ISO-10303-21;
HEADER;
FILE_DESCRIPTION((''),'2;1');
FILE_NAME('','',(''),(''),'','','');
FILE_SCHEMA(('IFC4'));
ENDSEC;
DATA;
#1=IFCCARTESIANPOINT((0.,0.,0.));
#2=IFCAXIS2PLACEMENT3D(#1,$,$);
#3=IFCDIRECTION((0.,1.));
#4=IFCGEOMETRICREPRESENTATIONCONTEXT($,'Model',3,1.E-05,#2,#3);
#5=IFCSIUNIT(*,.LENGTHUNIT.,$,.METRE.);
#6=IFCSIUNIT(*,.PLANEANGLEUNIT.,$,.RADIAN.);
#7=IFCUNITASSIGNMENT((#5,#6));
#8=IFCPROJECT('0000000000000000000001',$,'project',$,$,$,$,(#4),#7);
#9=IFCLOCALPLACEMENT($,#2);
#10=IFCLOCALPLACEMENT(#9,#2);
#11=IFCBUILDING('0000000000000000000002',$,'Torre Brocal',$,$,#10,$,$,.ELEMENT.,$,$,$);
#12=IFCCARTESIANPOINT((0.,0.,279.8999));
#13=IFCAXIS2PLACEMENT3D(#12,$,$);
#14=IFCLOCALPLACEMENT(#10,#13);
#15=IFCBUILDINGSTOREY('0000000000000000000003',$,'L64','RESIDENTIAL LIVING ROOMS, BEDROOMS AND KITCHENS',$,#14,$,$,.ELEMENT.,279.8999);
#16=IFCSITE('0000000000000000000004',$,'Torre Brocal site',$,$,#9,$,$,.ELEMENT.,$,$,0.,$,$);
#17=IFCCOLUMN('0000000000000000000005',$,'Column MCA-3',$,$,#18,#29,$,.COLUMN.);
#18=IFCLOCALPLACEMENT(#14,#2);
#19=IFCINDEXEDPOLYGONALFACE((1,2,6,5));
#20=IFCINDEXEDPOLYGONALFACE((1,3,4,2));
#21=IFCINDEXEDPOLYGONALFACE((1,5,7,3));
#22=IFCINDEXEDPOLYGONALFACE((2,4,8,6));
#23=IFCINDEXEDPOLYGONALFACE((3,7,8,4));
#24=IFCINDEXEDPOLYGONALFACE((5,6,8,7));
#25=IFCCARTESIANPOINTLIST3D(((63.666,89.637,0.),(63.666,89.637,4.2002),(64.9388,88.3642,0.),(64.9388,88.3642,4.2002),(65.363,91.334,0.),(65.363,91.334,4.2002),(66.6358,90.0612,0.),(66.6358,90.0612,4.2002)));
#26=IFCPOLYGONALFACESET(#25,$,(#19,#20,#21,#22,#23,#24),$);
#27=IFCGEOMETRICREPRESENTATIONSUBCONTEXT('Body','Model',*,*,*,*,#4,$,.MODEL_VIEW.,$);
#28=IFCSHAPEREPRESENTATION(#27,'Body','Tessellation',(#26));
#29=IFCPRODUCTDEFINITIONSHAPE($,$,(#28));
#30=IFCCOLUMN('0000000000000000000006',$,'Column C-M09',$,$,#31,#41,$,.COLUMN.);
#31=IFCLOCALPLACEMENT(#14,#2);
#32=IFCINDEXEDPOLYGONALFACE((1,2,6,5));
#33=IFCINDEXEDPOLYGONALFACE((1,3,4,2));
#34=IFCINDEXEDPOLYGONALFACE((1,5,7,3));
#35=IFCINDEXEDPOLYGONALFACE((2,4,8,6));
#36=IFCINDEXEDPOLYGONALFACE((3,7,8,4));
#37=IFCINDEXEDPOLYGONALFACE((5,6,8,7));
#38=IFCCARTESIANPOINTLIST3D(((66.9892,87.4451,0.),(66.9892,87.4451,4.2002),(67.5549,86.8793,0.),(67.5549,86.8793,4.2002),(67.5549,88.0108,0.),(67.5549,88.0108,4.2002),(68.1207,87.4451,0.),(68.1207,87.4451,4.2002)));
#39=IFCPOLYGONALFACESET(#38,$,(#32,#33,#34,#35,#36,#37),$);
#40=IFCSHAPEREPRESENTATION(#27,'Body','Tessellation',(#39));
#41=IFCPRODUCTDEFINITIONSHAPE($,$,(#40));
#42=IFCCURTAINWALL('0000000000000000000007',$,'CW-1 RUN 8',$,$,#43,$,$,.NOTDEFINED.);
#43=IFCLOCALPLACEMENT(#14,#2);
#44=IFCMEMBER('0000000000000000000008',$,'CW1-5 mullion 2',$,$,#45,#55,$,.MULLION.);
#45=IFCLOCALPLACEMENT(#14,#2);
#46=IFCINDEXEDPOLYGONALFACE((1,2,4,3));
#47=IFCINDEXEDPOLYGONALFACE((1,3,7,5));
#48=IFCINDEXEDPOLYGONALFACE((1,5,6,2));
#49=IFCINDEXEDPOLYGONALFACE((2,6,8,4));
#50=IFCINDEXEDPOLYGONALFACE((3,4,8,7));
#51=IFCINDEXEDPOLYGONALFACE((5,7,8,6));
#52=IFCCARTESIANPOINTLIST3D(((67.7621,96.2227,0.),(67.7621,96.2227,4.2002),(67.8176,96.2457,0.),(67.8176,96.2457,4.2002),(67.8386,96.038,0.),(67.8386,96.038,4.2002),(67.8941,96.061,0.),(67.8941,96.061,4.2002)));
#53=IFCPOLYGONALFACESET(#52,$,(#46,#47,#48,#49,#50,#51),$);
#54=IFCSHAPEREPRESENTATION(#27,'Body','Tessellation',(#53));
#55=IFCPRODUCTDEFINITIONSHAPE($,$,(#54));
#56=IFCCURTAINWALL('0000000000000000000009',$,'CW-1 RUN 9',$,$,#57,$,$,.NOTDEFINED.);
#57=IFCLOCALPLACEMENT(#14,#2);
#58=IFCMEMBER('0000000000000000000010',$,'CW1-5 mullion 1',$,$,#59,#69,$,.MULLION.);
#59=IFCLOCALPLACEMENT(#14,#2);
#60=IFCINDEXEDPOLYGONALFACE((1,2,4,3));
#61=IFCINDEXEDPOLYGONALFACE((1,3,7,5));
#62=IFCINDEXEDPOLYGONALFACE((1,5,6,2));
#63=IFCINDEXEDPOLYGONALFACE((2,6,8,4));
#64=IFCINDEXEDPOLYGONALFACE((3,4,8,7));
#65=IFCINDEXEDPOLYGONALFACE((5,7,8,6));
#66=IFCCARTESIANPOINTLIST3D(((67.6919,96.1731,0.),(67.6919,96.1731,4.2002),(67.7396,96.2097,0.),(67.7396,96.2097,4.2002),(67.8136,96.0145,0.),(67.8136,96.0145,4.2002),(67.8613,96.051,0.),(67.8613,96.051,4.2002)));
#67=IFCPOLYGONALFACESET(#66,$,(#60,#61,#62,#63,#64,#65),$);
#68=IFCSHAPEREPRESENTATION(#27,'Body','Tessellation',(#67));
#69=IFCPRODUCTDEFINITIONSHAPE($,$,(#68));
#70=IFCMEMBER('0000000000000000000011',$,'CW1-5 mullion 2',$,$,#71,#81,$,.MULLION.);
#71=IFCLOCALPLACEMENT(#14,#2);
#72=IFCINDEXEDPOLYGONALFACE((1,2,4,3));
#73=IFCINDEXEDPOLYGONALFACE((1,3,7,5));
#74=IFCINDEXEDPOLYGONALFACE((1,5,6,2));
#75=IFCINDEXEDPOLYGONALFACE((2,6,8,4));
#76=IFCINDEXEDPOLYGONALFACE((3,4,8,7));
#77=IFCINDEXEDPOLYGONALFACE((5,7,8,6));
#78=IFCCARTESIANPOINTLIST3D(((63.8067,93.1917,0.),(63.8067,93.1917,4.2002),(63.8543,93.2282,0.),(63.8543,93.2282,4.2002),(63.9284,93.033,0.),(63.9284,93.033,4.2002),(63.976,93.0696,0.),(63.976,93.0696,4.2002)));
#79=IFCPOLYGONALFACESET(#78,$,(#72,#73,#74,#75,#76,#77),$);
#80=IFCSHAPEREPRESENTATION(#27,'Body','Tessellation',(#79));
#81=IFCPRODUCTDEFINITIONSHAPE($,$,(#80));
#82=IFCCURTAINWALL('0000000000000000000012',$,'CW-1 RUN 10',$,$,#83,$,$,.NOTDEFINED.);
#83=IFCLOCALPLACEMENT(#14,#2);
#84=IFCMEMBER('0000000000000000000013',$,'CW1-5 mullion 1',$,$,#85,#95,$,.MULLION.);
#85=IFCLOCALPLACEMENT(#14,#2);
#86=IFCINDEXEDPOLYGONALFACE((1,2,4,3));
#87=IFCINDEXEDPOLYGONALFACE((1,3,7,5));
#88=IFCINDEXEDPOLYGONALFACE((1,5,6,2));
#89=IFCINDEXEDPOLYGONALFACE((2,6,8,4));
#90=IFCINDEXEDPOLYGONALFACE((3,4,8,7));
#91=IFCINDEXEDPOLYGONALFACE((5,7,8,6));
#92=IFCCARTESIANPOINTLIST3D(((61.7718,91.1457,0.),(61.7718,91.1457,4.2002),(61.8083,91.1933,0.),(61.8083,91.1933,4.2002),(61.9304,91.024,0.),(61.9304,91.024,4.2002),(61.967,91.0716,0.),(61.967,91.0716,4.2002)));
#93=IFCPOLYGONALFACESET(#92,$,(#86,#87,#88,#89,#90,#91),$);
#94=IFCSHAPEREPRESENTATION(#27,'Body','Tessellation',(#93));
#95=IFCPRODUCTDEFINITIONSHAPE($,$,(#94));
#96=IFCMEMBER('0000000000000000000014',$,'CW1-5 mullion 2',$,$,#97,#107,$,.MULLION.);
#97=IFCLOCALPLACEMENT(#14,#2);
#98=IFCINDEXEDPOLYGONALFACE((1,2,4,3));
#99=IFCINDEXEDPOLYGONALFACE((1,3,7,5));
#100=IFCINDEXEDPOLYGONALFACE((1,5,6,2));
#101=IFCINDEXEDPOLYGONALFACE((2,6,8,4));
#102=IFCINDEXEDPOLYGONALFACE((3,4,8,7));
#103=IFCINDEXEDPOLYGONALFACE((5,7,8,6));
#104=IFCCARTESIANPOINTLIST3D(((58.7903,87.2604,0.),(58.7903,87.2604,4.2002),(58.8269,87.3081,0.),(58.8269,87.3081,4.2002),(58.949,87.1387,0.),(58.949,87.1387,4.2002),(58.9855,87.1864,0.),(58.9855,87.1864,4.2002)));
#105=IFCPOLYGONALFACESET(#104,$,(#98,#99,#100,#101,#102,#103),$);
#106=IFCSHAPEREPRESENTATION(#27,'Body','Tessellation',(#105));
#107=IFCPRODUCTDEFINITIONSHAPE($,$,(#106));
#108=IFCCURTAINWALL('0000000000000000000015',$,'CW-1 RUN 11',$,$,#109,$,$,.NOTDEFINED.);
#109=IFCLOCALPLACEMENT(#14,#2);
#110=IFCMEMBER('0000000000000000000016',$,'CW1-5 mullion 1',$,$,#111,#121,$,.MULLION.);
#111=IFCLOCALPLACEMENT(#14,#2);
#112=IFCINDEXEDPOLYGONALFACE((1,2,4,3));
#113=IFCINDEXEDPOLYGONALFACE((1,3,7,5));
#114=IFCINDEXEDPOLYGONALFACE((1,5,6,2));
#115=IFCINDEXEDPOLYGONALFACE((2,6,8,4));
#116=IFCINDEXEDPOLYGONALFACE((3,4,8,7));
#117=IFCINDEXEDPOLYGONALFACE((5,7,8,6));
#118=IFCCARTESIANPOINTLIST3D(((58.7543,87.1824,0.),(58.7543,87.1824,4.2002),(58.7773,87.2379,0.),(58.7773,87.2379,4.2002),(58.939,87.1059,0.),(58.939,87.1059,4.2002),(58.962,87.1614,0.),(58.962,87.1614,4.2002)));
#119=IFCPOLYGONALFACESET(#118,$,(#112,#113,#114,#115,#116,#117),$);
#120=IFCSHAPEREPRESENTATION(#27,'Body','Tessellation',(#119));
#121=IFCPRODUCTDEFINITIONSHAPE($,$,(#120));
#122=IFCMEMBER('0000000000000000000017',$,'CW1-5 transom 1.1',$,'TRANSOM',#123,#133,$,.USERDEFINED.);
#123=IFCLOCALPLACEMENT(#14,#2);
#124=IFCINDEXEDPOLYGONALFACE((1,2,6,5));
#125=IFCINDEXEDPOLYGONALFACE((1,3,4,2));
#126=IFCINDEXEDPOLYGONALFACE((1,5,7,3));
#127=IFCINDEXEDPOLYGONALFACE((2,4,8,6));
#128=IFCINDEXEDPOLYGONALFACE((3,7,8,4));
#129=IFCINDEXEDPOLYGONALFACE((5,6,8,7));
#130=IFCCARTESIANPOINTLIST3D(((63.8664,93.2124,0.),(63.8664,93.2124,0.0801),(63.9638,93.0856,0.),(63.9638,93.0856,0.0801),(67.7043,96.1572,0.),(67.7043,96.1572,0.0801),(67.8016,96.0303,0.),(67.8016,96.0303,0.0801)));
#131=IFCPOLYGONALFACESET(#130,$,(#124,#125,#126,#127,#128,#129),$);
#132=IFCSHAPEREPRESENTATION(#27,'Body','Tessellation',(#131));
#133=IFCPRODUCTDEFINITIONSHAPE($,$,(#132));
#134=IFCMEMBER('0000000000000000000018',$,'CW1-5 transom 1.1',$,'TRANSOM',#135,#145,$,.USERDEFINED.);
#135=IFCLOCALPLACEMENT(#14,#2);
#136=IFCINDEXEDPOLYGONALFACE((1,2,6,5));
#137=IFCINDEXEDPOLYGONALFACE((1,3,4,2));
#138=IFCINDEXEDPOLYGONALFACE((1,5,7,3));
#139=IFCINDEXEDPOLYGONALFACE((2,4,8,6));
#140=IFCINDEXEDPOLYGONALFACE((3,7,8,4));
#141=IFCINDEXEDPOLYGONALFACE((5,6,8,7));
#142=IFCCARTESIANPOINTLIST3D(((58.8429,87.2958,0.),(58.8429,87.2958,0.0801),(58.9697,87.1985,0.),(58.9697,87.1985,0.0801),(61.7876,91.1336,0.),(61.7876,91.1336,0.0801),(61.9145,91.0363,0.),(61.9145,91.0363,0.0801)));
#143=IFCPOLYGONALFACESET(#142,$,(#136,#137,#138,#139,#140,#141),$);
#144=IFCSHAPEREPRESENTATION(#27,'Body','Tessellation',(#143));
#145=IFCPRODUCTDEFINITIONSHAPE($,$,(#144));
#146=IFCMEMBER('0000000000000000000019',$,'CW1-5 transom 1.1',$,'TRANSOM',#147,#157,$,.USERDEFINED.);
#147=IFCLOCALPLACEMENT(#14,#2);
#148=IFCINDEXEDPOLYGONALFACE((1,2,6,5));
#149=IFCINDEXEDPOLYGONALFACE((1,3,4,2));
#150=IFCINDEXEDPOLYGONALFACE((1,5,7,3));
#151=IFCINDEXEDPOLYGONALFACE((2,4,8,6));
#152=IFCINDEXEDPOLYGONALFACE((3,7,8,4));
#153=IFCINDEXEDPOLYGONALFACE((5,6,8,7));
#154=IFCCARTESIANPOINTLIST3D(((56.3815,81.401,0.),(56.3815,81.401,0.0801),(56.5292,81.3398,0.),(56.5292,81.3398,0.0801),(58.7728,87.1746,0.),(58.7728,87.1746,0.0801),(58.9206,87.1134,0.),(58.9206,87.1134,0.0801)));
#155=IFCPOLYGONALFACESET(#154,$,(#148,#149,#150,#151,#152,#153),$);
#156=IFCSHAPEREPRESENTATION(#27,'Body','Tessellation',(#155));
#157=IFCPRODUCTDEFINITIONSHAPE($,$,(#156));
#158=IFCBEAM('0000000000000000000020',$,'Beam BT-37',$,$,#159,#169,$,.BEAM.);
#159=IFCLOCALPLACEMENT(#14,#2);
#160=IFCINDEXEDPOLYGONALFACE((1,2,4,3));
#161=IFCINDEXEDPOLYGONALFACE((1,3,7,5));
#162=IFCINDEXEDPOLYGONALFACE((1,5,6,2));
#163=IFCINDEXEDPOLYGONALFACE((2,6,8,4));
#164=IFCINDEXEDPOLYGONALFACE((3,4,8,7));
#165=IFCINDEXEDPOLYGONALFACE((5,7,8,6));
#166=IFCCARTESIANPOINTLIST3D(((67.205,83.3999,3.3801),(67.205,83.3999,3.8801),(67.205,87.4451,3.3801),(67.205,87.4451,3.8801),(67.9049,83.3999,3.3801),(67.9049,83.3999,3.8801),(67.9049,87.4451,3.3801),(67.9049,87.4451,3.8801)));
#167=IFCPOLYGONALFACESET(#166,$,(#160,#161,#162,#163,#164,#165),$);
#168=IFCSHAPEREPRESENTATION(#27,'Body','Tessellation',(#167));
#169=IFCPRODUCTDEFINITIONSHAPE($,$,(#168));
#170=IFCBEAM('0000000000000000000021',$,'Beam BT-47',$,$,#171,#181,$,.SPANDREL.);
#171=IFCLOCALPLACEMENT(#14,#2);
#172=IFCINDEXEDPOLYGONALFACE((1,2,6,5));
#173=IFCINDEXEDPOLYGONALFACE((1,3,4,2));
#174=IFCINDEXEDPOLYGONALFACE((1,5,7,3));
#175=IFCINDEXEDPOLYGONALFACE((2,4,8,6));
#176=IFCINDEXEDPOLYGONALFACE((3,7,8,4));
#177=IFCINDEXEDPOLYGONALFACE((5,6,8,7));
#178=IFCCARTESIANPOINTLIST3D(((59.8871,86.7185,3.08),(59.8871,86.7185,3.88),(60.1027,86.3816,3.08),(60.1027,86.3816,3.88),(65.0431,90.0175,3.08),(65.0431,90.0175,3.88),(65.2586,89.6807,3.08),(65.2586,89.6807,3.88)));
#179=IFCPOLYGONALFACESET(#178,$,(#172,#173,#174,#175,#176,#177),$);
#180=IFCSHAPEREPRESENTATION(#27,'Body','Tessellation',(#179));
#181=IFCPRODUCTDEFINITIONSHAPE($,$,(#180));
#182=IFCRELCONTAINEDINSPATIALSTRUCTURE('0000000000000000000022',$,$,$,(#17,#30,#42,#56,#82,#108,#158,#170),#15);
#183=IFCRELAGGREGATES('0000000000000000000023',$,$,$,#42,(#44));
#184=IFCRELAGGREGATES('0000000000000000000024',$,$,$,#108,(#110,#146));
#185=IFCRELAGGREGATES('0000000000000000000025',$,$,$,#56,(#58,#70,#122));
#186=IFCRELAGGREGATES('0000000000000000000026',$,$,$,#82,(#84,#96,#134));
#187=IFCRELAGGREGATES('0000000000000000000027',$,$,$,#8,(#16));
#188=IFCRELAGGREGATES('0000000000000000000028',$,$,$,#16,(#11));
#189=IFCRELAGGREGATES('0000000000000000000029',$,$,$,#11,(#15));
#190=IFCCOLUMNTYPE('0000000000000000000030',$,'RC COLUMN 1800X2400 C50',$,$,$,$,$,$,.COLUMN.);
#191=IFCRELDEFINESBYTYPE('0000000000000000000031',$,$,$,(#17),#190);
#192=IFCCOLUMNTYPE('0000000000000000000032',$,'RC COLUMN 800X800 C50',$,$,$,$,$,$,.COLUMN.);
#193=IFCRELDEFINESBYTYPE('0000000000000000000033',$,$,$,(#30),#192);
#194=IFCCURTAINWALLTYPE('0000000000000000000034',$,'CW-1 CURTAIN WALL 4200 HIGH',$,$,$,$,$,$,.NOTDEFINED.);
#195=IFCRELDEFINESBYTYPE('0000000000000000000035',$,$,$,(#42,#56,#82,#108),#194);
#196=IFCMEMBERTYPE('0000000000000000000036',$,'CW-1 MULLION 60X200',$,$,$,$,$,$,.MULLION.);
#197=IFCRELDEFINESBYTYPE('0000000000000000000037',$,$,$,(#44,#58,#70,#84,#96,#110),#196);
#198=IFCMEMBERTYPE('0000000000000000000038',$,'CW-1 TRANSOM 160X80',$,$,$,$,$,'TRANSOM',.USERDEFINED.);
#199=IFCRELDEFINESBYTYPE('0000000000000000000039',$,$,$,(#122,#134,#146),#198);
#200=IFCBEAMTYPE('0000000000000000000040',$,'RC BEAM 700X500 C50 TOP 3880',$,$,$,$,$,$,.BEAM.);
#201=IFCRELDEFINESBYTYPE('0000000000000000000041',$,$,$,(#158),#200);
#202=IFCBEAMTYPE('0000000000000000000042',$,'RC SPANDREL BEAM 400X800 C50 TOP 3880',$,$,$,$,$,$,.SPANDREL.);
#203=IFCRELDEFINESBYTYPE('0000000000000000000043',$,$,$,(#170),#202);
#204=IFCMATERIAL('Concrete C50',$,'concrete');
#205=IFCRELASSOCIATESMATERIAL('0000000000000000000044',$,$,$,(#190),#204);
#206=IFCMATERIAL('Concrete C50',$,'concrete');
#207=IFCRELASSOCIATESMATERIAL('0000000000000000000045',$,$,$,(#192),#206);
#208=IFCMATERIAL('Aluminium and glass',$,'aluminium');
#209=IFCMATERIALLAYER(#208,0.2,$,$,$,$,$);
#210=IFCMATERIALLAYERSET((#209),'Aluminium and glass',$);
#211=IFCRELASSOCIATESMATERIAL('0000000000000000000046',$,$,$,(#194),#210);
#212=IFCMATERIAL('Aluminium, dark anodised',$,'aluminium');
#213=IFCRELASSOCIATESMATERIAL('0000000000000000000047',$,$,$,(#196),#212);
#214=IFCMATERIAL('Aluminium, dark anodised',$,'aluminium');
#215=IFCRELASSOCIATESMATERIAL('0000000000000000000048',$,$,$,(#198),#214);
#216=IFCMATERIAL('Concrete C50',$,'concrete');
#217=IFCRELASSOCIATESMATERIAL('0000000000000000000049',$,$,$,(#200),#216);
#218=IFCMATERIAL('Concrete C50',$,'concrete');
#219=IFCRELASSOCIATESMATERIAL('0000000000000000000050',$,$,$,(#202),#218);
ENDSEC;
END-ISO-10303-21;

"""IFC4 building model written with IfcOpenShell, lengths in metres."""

from ifc_helpers import new_model, si_unit, direction, frame, origin, origin_2d, place, context, subcontext, project, spatial, rectangle, extrude, material, layer, layer_set, material_profile, profile_set, type_object, element, aggregate, save


model = new_model("IFC4")

# Units and contexts
model_context = context("Model", 3, precision=1e-05, world=origin(), true_north=direction((0.0, 1.0)))
body_context = subcontext(model_context, "Body", "Model", "MODEL_VIEW")
ifc_project = project(units=[si_unit("LENGTHUNIT", "METRE"), si_unit("PLANEANGLEUNIT", "RADIAN")], contexts=[model_context])

# Site, building, storey
site_placement = place(None, origin())
site = spatial("IfcSite", under=ifc_project, at=site_placement, Name="Torre Brocal site", CompositionType="ELEMENT", RefElevation=0.0)
building_placement = place(site_placement, origin())
building = spatial("IfcBuilding", under=site, at=building_placement, Name="Torre Brocal", CompositionType="ELEMENT")
storey_placement = place(building_placement, frame((0.0, 0.0, 279.8999)))
storey = spatial("IfcBuildingStorey", under=building, at=storey_placement, Name="L64", Description="RESIDENTIAL LIVING ROOMS, BEDROOMS AND KITCHENS", CompositionType="ELEMENT", Elevation=279.8999)

# Columns
ifc_material_1 = material(Name="Concrete C50", Category="concrete")
ifc_material_profile_1 = material_profile(ifc_material_1, rectangle(XDim=1.8, YDim=2.3999, at=origin_2d()), Name="RC 1800X2400")
ifc_profile_set_1 = profile_set([ifc_material_profile_1], Name="Concrete C50")
column_type_1 = type_object("IfcColumnType", Name="RC COLUMN 1800X2400 C50", PredefinedType="COLUMN", material=ifc_profile_set_1)
column_1_placement = place(storey_placement, frame((65.1509, 89.8491, 0.0), z_axis=(0.0, 0.0, 1.0), x_axis=(-0.707107, 0.707107, 0.0)))
element("IfcColumn", 1, at=column_1_placement, inside=storey, type_object=column_type_1, Name="Column MCA-3", PredefinedType="COLUMN", context=body_context, shape_type="SweptSolid", body=[
    extrude(rectangle(XDim=1.8, YDim=2.3999, at=origin_2d()), origin(), (0.0, 0.0, 1.0), 4.2002),
])
ifc_material_2 = material(Name="Concrete C50", Category="concrete")
ifc_material_profile_2 = material_profile(ifc_material_2, rectangle(XDim=0.8, YDim=0.8, at=origin_2d()), Name="RC 800X800")
ifc_profile_set_2 = profile_set([ifc_material_profile_2], Name="Concrete C50")
column_type_2 = type_object("IfcColumnType", Name="RC COLUMN 800X800 C50", PredefinedType="COLUMN", material=ifc_profile_set_2)
column_2_placement = place(storey_placement, frame((67.5549, 87.4451, 0.0), z_axis=(0.0, 0.0, 1.0), x_axis=(-0.707107, 0.707107, 0.0)))
element("IfcColumn", 2, at=column_2_placement, inside=storey, type_object=column_type_2, Name="Column C-M09", PredefinedType="COLUMN", context=body_context, shape_type="SweptSolid", body=[
    extrude(rectangle(XDim=0.8, YDim=0.8, at=origin_2d()), origin(), (0.0, 0.0, 1.0), 4.2002),
])

# Curtain wall, member
ifc_material_3 = material(Name="Aluminium and glass", Category="aluminium")
ifc_layer_1 = layer(ifc_material_3, 0.2)
ifc_layer_set_1 = layer_set([ifc_layer_1], Name="Aluminium and glass")
curtain_wall_type = type_object("IfcCurtainWallType", Name="CW-1 CURTAIN WALL 4200 HIGH", PredefinedType="NOTDEFINED", material=ifc_layer_set_1)
curtain_wall_1_placement = place(storey_placement, origin())
curtain_wall_1 = element("IfcCurtainWall", 3, at=curtain_wall_1_placement, inside=storey, type_object=curtain_wall_type, Name="CW-1 RUN 8", PredefinedType="NOTDEFINED")
ifc_material_4 = material(Name="Aluminium, dark anodised", Category="aluminium")
ifc_material_profile_3 = material_profile(ifc_material_4, rectangle(XDim=0.2, YDim=0.0601, at=origin_2d()), Name="CW-1 MULLION 60X200")
ifc_profile_set_3 = profile_set([ifc_material_profile_3], Name="Aluminium, dark anodised")
member_type_1 = type_object("IfcMemberType", Name="CW-1 MULLION 60X200", PredefinedType="MULLION", material=ifc_profile_set_3)
member_1_placement = place(storey_placement, frame((67.8281, 96.1418, 0.0), z_axis=(0.0, 0.0, 1.0), x_axis=(0.382683, -0.92388, 0.0)))
member_1 = element("IfcMember", 4, at=member_1_placement, type_object=member_type_1, Name="CW1-5 mullion 2", PredefinedType="MULLION", context=body_context, shape_type="SweptSolid", body=[
    extrude(rectangle(XDim=0.2, YDim=0.0601, at=origin_2d()), origin(), (0.0, 0.0, 1.0), 4.2002),
])
aggregate(curtain_wall_1, [member_1])

# Curtain walls, members
curtain_wall_2_placement = place(storey_placement, origin())
curtain_wall_2 = element("IfcCurtainWall", 5, at=curtain_wall_2_placement, inside=storey, type_object=curtain_wall_type, Name="CW-1 RUN 9", PredefinedType="NOTDEFINED")
member_2_placement = place(storey_placement, frame((67.7766, 96.1121, 0.0), z_axis=(0.0, 0.0, 1.0), x_axis=(0.608761, -0.793353, 0.0)))
member_2 = element("IfcMember", 6, at=member_2_placement, type_object=member_type_1, Name="CW1-5 mullion 1", PredefinedType="MULLION", context=body_context, shape_type="SweptSolid", body=[
    extrude(rectangle(XDim=0.2, YDim=0.0601, at=origin_2d()), origin(), (0.0, 0.0, 1.0), 4.2002),
])
member_3_placement = place(storey_placement, frame((63.8914, 93.1306, 0.0), z_axis=(0.0, 0.0, 1.0), x_axis=(0.608761, -0.793353, 0.0)))
member_3 = element("IfcMember", 7, at=member_3_placement, type_object=member_type_1, Name="CW1-5 mullion 2", PredefinedType="MULLION", context=body_context, shape_type="SweptSolid", body=[
    extrude(rectangle(XDim=0.2, YDim=0.0601, at=origin_2d()), origin(), (0.0, 0.0, 1.0), 4.2002),
])
curtain_wall_3_placement = place(storey_placement, origin())
curtain_wall_3 = element("IfcCurtainWall", 8, at=curtain_wall_3_placement, inside=storey, type_object=curtain_wall_type, Name="CW-1 RUN 10", PredefinedType="NOTDEFINED")
member_4_placement = place(storey_placement, frame((61.8694, 91.1086, 0.0), z_axis=(0.0, 0.0, 1.0), x_axis=(0.793353, -0.608761, 0.0)))
member_4 = element("IfcMember", 9, at=member_4_placement, type_object=member_type_1, Name="CW1-5 mullion 1", PredefinedType="MULLION", context=body_context, shape_type="SweptSolid", body=[
    extrude(rectangle(XDim=0.2, YDim=0.0601, at=origin_2d()), origin(), (0.0, 0.0, 1.0), 4.2002),
])
member_5_placement = place(storey_placement, frame((58.8879, 87.2234, 0.0), z_axis=(0.0, 0.0, 1.0), x_axis=(0.793353, -0.608761, 0.0)))
member_5 = element("IfcMember", 10, at=member_5_placement, type_object=member_type_1, Name="CW1-5 mullion 2", PredefinedType="MULLION", context=body_context, shape_type="SweptSolid", body=[
    extrude(rectangle(XDim=0.2, YDim=0.0601, at=origin_2d()), origin(), (0.0, 0.0, 1.0), 4.2002),
])

# Curtain wall, member
curtain_wall_4_placement = place(storey_placement, origin())
curtain_wall_4 = element("IfcCurtainWall", 11, at=curtain_wall_4_placement, inside=storey, type_object=curtain_wall_type, Name="CW-1 RUN 11", PredefinedType="NOTDEFINED")
member_6_placement = place(storey_placement, frame((58.8582, 87.1719, 0.0), z_axis=(0.0, 0.0, 1.0), x_axis=(0.92388, -0.382683, 0.0)))
member_6 = element("IfcMember", 12, at=member_6_placement, type_object=member_type_1, Name="CW1-5 mullion 1", PredefinedType="MULLION", context=body_context, shape_type="SweptSolid", body=[
    extrude(rectangle(XDim=0.2, YDim=0.0601, at=origin_2d()), origin(), (0.0, 0.0, 1.0), 4.2002),
])

# Members
ifc_material_5 = material(Name="Aluminium, dark anodised", Category="aluminium")
ifc_material_profile_4 = material_profile(ifc_material_5, rectangle(XDim=0.1599, YDim=0.0801, at=origin_2d()), Name="CW-1 TRANSOM 160X80")
ifc_profile_set_4 = profile_set([ifc_material_profile_4], Name="Aluminium, dark anodised")
member_type_2 = type_object("IfcMemberType", Name="CW-1 TRANSOM 160X80", ElementType="TRANSOM", PredefinedType="USERDEFINED", material=ifc_profile_set_4)
member_7_placement = place(storey_placement, frame((67.7529, 96.0938, 0.04), z_axis=(-0.793363, -0.608749, 0.0), x_axis=(0.608749, -0.793363, 0.0)))
member_7 = element("IfcMember", 13, at=member_7_placement, type_object=member_type_2, Name="CW1-5 transom 1.1", ObjectType="TRANSOM", PredefinedType="USERDEFINED", context=body_context, shape_type="SweptSolid", body=[
    extrude(rectangle(XDim=0.1599, YDim=0.0801, at=origin_2d()), origin(), (0.0, 0.0, 1.0), 4.8374),
])
member_8_placement = place(storey_placement, frame((61.8511, 91.085, 0.04), z_axis=(-0.608749, -0.793363, 0.0), x_axis=(0.793363, -0.608749, 0.0)))
member_8 = element("IfcMember", 14, at=member_8_placement, type_object=member_type_2, Name="CW1-5 transom 1.1", ObjectType="TRANSOM", PredefinedType="USERDEFINED", context=body_context, shape_type="SweptSolid", body=[
    extrude(rectangle(XDim=0.1599, YDim=0.0801, at=origin_2d()), origin(), (0.0, 0.0, 1.0), 4.8374),
])
member_9_placement = place(storey_placement, frame((58.8467, 87.144, 0.04), z_axis=(-0.382659, -0.92389, 0.0), x_axis=(0.92389, -0.382659, 0.0)))
member_9 = element("IfcMember", 15, at=member_9_placement, type_object=member_type_2, Name="CW1-5 transom 1.1", ObjectType="TRANSOM", PredefinedType="USERDEFINED", context=body_context, shape_type="SweptSolid", body=[
    extrude(rectangle(XDim=0.1599, YDim=0.0801, at=origin_2d()), origin(), (0.0, 0.0, 1.0), 6.2493),
])
aggregate(curtain_wall_4, [member_6, member_9])

# Beams
ifc_material_6 = material(Name="Concrete C50", Category="concrete")
ifc_material_profile_5 = material_profile(ifc_material_6, rectangle(XDim=0.7, YDim=0.5, at=origin_2d()), Name="RC 700X500")
ifc_profile_set_5 = profile_set([ifc_material_profile_5], Name="Concrete C50")
beam_type_1 = type_object("IfcBeamType", Name="RC BEAM 700X500 C50 TOP 3880", PredefinedType="BEAM", material=ifc_profile_set_5)
beam_1_placement = place(storey_placement, frame((67.5549, 87.4451, 3.6301), z_axis=(0.0, -1.0, 0.0), x_axis=(1.0, 0.0, 0.0)))
element("IfcBeam", 16, at=beam_1_placement, inside=storey, type_object=beam_type_1, Name="Beam BT-37", PredefinedType="BEAM", context=body_context, shape_type="SweptSolid", body=[
    extrude(rectangle(XDim=0.7, YDim=0.5, at=origin_2d()), origin(), (0.0, 0.0, 1.0), 4.0452),
])
ifc_material_7 = material(Name="Concrete C50", Category="concrete")
ifc_material_profile_6 = material_profile(ifc_material_7, rectangle(XDim=0.3999, YDim=0.8, at=origin_2d()), Name="RC 400X800")
ifc_profile_set_6 = profile_set([ifc_material_profile_6], Name="Concrete C50")
beam_type_2 = type_object("IfcBeamType", Name="RC SPANDREL BEAM 400X800 C50 TOP 3880", PredefinedType="SPANDREL", material=ifc_profile_set_6)
beam_2_placement = place(storey_placement, frame((65.1509, 89.8491, 3.48), z_axis=(-0.842329, -0.538964, 0.0), x_axis=(0.538964, -0.842329, 0.0)))
element("IfcBeam", 17, at=beam_2_placement, inside=storey, type_object=beam_type_2, Name="Beam BT-47", PredefinedType="SPANDREL", context=body_context, shape_type="SweptSolid", body=[
    extrude(rectangle(XDim=0.3999, YDim=0.8, at=origin_2d()), origin(), (0.0, 0.0, 1.0), 6.1211),
])

aggregate(curtain_wall_2, [member_2, member_3, member_7])
aggregate(curtain_wall_3, [member_4, member_5, member_8])

save(model, "model.ifc")
